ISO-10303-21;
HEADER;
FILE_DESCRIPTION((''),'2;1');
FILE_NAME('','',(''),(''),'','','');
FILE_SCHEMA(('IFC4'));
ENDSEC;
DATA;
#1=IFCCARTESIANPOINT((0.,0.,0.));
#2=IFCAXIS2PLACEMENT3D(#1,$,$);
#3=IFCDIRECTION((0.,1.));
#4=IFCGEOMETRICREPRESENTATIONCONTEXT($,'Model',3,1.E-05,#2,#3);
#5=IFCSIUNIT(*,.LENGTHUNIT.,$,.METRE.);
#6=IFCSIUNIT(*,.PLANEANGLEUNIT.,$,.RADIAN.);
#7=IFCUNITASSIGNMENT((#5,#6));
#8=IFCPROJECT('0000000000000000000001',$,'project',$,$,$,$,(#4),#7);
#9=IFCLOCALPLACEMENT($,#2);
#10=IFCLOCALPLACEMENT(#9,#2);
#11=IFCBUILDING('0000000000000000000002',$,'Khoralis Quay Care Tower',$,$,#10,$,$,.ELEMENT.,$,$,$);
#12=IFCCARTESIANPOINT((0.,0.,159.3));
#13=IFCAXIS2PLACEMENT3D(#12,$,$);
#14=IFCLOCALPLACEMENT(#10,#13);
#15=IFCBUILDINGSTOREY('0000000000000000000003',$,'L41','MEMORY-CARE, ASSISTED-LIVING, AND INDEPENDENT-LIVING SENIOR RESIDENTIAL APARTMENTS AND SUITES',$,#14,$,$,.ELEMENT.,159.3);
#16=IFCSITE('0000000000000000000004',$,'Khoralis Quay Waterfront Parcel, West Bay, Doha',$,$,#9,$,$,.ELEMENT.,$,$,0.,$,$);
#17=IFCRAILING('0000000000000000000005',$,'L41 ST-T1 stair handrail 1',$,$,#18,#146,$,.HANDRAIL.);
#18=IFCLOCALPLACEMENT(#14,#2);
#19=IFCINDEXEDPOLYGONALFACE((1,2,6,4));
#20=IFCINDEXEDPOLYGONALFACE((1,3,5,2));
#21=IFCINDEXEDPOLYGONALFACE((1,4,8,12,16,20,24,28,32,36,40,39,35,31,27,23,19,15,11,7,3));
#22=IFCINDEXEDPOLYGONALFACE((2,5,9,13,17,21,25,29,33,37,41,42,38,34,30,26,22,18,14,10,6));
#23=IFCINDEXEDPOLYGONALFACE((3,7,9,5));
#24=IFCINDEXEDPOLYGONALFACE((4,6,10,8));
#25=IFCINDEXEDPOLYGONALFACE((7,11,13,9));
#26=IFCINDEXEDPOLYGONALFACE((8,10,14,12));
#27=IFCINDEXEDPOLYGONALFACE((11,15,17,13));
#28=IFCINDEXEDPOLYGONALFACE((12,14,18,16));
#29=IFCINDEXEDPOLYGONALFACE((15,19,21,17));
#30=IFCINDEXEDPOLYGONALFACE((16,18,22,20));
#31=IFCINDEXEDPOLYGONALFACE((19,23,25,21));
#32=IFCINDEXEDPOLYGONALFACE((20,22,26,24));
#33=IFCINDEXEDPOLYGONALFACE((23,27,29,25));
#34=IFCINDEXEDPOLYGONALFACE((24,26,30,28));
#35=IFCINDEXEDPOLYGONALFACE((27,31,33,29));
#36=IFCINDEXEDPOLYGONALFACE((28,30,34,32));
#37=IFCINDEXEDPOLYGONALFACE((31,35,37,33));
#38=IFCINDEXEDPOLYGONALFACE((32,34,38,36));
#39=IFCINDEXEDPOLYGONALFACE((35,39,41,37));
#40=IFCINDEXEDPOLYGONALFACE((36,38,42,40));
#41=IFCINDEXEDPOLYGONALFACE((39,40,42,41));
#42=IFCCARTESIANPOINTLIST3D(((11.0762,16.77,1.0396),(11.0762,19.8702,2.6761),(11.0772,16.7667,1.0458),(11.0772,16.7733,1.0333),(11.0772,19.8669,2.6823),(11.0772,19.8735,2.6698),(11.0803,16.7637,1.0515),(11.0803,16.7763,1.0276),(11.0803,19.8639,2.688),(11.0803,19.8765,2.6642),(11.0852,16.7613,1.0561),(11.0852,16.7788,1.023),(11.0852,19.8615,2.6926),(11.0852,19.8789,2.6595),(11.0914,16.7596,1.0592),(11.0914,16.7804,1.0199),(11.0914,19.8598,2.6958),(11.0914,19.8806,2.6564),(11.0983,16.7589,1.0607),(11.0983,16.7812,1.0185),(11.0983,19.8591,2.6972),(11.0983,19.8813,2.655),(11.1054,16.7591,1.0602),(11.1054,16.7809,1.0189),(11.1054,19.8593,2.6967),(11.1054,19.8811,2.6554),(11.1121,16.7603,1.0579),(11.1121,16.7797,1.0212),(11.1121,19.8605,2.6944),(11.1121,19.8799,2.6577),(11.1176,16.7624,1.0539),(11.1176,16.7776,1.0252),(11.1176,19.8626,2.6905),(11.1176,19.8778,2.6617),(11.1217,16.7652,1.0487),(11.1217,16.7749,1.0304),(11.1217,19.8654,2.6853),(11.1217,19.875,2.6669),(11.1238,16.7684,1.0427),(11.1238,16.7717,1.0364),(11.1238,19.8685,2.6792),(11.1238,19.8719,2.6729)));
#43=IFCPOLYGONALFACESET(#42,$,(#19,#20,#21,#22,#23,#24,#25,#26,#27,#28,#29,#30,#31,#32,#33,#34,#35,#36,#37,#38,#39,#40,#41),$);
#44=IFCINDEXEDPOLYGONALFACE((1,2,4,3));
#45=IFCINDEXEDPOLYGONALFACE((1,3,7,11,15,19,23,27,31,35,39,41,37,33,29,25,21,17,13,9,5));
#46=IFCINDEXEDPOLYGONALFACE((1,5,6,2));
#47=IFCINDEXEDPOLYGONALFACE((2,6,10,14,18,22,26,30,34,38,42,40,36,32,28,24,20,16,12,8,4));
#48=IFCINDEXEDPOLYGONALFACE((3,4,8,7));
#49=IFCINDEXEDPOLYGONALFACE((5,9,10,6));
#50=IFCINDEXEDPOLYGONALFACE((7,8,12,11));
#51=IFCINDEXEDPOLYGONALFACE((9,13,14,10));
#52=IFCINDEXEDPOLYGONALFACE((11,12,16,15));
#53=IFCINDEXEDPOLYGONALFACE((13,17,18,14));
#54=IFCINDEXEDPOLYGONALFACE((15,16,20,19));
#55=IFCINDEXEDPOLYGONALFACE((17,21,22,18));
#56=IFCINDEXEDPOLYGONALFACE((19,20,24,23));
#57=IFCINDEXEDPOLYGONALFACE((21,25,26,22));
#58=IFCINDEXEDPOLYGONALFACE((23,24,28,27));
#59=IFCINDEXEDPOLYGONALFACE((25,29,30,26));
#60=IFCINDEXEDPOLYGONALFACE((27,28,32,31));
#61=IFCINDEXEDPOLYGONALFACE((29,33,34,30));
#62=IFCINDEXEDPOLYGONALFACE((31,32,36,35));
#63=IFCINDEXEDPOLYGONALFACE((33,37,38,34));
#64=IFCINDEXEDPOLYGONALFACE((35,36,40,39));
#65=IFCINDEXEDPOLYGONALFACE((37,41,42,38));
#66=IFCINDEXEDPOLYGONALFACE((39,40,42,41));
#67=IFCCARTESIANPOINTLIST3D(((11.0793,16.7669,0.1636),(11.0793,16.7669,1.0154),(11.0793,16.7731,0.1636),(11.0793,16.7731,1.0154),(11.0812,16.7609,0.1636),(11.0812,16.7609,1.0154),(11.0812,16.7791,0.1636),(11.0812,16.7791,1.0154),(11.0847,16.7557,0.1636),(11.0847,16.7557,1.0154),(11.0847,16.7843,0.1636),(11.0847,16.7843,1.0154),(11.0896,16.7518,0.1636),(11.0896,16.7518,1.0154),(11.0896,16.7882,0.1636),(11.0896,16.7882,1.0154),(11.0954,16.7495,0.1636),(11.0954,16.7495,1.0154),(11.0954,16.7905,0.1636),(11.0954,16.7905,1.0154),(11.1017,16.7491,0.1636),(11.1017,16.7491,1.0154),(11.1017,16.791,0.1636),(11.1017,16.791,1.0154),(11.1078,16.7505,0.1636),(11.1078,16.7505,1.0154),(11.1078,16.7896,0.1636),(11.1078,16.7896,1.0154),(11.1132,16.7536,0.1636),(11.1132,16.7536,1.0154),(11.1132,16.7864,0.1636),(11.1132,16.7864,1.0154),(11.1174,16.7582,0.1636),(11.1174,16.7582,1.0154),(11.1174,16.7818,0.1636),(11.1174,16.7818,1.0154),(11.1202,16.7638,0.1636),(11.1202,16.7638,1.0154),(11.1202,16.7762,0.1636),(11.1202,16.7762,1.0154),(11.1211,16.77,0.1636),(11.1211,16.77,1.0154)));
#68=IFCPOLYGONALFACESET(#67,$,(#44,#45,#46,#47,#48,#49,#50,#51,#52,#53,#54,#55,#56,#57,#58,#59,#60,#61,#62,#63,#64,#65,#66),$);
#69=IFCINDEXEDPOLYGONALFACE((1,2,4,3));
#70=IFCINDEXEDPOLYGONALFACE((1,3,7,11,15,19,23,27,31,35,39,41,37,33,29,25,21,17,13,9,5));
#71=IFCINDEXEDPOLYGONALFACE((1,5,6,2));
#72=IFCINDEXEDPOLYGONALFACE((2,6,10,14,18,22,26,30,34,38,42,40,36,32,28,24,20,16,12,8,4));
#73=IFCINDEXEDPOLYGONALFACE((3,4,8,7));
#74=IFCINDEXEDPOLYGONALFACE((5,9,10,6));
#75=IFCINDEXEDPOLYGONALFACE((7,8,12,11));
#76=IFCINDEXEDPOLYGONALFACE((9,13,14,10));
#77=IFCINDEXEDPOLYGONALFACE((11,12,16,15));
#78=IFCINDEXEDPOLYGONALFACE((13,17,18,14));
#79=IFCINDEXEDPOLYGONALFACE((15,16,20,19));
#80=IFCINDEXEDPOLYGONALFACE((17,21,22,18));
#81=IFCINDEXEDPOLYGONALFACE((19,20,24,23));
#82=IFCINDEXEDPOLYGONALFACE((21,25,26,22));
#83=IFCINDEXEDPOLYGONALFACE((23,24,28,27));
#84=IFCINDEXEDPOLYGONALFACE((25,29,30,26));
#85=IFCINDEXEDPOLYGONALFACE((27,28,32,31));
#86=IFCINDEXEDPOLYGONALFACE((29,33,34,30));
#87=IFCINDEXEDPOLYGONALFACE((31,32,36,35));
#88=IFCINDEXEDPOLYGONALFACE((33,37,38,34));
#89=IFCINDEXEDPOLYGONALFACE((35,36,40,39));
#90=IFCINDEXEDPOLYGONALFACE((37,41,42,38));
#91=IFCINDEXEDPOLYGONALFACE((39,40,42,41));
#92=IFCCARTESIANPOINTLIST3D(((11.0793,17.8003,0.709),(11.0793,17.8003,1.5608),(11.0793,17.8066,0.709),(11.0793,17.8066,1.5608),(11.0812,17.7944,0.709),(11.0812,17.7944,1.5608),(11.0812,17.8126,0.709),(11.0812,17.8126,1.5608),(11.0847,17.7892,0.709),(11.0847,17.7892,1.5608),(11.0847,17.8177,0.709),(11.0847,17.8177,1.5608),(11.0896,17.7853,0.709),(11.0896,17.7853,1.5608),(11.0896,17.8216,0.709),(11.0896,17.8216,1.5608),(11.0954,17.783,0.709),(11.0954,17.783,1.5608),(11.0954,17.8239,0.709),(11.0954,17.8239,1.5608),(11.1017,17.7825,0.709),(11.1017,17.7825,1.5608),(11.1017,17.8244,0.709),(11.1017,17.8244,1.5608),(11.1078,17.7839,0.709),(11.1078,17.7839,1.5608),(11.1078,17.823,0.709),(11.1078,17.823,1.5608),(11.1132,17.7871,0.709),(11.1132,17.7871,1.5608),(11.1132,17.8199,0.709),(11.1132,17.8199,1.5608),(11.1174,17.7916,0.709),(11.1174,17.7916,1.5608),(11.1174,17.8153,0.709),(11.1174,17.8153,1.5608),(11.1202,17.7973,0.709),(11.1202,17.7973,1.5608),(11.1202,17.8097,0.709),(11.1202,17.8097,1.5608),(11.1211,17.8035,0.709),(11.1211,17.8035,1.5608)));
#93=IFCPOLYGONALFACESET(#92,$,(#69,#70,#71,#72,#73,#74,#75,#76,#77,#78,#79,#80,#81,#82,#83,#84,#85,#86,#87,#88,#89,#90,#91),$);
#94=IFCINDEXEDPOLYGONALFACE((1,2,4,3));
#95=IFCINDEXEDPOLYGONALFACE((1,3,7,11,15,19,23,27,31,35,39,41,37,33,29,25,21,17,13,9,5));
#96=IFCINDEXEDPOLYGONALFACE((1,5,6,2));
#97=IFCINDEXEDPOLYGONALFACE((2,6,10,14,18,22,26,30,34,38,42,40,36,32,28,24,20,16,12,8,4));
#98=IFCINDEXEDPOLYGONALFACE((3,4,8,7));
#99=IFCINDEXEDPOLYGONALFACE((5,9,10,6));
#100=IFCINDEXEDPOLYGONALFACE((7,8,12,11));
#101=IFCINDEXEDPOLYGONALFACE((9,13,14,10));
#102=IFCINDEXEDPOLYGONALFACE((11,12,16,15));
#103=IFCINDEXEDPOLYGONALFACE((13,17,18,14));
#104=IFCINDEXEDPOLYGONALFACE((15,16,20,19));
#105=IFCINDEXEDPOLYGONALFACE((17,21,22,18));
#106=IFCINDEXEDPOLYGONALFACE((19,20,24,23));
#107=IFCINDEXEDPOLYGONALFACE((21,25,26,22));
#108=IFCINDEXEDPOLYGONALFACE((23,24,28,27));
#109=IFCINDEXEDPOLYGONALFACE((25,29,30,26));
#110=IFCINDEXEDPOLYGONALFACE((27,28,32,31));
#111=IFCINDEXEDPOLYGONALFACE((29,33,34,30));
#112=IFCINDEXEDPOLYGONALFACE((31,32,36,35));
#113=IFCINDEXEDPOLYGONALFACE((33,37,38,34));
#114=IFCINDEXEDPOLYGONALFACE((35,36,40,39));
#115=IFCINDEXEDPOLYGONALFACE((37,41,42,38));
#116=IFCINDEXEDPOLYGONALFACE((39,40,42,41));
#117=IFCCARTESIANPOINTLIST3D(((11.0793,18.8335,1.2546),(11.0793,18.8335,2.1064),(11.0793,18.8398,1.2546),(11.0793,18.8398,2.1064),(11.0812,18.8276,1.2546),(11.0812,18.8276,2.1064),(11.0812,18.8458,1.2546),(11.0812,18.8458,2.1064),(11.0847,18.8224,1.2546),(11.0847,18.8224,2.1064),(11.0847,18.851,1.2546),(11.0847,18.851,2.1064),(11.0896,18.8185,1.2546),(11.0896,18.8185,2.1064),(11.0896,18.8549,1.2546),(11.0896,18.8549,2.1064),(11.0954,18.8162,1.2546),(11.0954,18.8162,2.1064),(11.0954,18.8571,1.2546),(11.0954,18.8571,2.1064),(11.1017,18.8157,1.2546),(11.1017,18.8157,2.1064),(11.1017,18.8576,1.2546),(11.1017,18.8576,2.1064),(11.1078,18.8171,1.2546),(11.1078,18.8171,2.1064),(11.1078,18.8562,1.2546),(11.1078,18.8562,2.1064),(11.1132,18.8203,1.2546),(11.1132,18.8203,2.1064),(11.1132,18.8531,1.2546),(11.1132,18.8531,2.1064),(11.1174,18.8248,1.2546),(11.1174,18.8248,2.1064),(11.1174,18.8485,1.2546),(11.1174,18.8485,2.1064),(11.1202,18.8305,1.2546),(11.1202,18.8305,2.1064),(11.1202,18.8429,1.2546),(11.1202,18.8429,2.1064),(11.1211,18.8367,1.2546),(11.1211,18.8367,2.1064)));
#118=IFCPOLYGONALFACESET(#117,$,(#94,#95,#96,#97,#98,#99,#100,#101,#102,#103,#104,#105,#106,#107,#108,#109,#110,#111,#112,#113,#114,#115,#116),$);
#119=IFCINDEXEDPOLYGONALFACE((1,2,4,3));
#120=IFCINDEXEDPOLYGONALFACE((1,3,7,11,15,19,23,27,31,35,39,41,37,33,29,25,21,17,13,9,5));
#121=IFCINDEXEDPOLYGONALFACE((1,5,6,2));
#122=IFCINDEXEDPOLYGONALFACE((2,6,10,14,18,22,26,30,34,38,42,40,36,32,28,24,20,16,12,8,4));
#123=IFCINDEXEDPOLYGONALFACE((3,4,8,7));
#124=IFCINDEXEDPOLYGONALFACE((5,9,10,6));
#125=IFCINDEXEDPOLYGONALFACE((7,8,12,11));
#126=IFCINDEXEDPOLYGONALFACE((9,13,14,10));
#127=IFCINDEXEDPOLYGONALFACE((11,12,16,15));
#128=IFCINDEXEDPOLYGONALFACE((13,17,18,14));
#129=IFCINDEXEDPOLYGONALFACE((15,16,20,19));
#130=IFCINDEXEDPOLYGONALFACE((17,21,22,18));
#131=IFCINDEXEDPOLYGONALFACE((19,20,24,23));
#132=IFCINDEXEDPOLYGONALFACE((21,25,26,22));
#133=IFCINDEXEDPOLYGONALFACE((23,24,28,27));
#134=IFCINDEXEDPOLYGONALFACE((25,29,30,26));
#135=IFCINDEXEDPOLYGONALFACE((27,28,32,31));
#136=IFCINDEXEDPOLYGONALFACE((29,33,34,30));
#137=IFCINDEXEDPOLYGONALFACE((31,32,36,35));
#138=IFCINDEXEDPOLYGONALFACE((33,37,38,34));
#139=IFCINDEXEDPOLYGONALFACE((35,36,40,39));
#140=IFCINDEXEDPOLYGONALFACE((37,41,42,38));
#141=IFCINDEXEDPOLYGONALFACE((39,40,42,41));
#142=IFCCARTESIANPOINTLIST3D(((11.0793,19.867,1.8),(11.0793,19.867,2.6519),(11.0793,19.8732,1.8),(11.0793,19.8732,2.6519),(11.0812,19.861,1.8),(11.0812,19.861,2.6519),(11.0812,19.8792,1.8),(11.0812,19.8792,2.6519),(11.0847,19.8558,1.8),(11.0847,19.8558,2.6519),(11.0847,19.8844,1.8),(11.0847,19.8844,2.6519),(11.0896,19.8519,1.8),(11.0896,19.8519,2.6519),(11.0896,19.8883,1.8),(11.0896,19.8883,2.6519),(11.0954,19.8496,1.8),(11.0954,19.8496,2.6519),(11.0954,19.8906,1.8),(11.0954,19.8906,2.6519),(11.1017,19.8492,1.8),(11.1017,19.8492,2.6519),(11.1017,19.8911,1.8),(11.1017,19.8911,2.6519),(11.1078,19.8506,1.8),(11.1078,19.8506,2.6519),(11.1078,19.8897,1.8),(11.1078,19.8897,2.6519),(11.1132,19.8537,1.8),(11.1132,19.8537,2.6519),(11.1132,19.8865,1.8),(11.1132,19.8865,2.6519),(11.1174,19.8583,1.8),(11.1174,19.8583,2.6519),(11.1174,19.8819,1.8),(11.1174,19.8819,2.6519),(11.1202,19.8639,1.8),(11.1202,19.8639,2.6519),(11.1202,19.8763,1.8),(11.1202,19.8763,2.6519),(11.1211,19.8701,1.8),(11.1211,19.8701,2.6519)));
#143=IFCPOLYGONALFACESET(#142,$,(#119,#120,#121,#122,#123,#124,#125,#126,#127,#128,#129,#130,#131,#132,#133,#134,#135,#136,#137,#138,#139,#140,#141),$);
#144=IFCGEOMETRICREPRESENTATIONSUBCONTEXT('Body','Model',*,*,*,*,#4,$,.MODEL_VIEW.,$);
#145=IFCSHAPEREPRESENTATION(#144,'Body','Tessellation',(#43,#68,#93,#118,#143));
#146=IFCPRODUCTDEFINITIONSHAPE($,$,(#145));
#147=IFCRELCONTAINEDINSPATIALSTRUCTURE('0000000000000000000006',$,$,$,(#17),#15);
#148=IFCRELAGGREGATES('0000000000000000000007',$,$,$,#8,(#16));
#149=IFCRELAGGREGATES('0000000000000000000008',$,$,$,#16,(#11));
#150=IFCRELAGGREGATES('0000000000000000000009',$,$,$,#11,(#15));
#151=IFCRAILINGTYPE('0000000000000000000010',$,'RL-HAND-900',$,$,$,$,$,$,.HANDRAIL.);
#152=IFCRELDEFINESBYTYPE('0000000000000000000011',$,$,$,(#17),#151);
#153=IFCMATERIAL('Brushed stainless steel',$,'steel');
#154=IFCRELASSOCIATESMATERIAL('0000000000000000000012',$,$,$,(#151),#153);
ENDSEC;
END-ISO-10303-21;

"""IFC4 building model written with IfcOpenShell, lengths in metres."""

from ifc_helpers import new_model, si_unit, direction, frame, origin, origin_2d, place, context, subcontext, project, spatial, circle, extrude, material, type_object, element, save


model = new_model("IFC4")

# Units and contexts
model_context = context("Model", 3, precision=1e-05, world=origin(), true_north=direction((0.0, 1.0)))
body_context = subcontext(model_context, "Body", "Model", "MODEL_VIEW")
ifc_project = project(units=[si_unit("LENGTHUNIT", "METRE"), si_unit("PLANEANGLEUNIT", "RADIAN")], contexts=[model_context])

# Site, building, storey
site_placement = place(None, origin())
site = spatial("IfcSite", under=ifc_project, at=site_placement, Name="Khoralis Quay Waterfront Parcel, West Bay, Doha", CompositionType="ELEMENT", RefElevation=0.0)
building_placement = place(site_placement, origin())
building = spatial("IfcBuilding", under=site, at=building_placement, Name="Khoralis Quay Care Tower", CompositionType="ELEMENT")
storey_placement = place(building_placement, frame((0.0, 0.0, 159.3)))
storey = spatial("IfcBuildingStorey", under=building, at=storey_placement, Name="L41", Description="MEMORY-CARE, ASSISTED-LIVING, AND INDEPENDENT-LIVING SENIOR RESIDENTIAL APARTMENTS AND SUITES", CompositionType="ELEMENT", Elevation=159.3)

# Railing
ifc_material_1 = material(Name="Brushed stainless steel", Category="steel")
railing_type_1 = type_object("IfcRailingType", Name="RL-HAND-900", PredefinedType="HANDRAIL", material=ifc_material_1)
railing_1_placement = place(storey_placement, frame((11.1001, 16.77, 0.1636)))
element("IfcRailing", 1, at=railing_1_placement, inside=storey, type_object=railing_type_1, Name="L41 ST-T1 stair handrail 1", PredefinedType="HANDRAIL", context=body_context, shape_type="SweptSolid", body=[
    extrude(circle(Radius=0.0239, at=origin_2d()), frame((0.0, 0.0, 0.876), z_axis=(0.0, 0.884348, 0.466828), x_axis=(-1.0, 0.0, 0.0)), (0.0, 0.0, 1.0), 3.5056),
    extrude(circle(Radius=0.021, at=origin_2d()), origin(), (0.0, 0.0, 1.0), 0.8518),
    extrude(circle(Radius=0.021, at=origin_2d()), frame((0.0, 1.0334, 0.5454)), (0.0, 0.0, 1.0), 0.8518),
    extrude(circle(Radius=0.021, at=origin_2d()), frame((0.0, 2.0667, 1.0911)), (0.0, 0.0, 1.0), 0.8518),
    extrude(circle(Radius=0.021, at=origin_2d()), frame((0.0, 3.1001, 1.6365)), (0.0, 0.0, 1.0), 0.8518),
])

save(model, "model.ifc")
